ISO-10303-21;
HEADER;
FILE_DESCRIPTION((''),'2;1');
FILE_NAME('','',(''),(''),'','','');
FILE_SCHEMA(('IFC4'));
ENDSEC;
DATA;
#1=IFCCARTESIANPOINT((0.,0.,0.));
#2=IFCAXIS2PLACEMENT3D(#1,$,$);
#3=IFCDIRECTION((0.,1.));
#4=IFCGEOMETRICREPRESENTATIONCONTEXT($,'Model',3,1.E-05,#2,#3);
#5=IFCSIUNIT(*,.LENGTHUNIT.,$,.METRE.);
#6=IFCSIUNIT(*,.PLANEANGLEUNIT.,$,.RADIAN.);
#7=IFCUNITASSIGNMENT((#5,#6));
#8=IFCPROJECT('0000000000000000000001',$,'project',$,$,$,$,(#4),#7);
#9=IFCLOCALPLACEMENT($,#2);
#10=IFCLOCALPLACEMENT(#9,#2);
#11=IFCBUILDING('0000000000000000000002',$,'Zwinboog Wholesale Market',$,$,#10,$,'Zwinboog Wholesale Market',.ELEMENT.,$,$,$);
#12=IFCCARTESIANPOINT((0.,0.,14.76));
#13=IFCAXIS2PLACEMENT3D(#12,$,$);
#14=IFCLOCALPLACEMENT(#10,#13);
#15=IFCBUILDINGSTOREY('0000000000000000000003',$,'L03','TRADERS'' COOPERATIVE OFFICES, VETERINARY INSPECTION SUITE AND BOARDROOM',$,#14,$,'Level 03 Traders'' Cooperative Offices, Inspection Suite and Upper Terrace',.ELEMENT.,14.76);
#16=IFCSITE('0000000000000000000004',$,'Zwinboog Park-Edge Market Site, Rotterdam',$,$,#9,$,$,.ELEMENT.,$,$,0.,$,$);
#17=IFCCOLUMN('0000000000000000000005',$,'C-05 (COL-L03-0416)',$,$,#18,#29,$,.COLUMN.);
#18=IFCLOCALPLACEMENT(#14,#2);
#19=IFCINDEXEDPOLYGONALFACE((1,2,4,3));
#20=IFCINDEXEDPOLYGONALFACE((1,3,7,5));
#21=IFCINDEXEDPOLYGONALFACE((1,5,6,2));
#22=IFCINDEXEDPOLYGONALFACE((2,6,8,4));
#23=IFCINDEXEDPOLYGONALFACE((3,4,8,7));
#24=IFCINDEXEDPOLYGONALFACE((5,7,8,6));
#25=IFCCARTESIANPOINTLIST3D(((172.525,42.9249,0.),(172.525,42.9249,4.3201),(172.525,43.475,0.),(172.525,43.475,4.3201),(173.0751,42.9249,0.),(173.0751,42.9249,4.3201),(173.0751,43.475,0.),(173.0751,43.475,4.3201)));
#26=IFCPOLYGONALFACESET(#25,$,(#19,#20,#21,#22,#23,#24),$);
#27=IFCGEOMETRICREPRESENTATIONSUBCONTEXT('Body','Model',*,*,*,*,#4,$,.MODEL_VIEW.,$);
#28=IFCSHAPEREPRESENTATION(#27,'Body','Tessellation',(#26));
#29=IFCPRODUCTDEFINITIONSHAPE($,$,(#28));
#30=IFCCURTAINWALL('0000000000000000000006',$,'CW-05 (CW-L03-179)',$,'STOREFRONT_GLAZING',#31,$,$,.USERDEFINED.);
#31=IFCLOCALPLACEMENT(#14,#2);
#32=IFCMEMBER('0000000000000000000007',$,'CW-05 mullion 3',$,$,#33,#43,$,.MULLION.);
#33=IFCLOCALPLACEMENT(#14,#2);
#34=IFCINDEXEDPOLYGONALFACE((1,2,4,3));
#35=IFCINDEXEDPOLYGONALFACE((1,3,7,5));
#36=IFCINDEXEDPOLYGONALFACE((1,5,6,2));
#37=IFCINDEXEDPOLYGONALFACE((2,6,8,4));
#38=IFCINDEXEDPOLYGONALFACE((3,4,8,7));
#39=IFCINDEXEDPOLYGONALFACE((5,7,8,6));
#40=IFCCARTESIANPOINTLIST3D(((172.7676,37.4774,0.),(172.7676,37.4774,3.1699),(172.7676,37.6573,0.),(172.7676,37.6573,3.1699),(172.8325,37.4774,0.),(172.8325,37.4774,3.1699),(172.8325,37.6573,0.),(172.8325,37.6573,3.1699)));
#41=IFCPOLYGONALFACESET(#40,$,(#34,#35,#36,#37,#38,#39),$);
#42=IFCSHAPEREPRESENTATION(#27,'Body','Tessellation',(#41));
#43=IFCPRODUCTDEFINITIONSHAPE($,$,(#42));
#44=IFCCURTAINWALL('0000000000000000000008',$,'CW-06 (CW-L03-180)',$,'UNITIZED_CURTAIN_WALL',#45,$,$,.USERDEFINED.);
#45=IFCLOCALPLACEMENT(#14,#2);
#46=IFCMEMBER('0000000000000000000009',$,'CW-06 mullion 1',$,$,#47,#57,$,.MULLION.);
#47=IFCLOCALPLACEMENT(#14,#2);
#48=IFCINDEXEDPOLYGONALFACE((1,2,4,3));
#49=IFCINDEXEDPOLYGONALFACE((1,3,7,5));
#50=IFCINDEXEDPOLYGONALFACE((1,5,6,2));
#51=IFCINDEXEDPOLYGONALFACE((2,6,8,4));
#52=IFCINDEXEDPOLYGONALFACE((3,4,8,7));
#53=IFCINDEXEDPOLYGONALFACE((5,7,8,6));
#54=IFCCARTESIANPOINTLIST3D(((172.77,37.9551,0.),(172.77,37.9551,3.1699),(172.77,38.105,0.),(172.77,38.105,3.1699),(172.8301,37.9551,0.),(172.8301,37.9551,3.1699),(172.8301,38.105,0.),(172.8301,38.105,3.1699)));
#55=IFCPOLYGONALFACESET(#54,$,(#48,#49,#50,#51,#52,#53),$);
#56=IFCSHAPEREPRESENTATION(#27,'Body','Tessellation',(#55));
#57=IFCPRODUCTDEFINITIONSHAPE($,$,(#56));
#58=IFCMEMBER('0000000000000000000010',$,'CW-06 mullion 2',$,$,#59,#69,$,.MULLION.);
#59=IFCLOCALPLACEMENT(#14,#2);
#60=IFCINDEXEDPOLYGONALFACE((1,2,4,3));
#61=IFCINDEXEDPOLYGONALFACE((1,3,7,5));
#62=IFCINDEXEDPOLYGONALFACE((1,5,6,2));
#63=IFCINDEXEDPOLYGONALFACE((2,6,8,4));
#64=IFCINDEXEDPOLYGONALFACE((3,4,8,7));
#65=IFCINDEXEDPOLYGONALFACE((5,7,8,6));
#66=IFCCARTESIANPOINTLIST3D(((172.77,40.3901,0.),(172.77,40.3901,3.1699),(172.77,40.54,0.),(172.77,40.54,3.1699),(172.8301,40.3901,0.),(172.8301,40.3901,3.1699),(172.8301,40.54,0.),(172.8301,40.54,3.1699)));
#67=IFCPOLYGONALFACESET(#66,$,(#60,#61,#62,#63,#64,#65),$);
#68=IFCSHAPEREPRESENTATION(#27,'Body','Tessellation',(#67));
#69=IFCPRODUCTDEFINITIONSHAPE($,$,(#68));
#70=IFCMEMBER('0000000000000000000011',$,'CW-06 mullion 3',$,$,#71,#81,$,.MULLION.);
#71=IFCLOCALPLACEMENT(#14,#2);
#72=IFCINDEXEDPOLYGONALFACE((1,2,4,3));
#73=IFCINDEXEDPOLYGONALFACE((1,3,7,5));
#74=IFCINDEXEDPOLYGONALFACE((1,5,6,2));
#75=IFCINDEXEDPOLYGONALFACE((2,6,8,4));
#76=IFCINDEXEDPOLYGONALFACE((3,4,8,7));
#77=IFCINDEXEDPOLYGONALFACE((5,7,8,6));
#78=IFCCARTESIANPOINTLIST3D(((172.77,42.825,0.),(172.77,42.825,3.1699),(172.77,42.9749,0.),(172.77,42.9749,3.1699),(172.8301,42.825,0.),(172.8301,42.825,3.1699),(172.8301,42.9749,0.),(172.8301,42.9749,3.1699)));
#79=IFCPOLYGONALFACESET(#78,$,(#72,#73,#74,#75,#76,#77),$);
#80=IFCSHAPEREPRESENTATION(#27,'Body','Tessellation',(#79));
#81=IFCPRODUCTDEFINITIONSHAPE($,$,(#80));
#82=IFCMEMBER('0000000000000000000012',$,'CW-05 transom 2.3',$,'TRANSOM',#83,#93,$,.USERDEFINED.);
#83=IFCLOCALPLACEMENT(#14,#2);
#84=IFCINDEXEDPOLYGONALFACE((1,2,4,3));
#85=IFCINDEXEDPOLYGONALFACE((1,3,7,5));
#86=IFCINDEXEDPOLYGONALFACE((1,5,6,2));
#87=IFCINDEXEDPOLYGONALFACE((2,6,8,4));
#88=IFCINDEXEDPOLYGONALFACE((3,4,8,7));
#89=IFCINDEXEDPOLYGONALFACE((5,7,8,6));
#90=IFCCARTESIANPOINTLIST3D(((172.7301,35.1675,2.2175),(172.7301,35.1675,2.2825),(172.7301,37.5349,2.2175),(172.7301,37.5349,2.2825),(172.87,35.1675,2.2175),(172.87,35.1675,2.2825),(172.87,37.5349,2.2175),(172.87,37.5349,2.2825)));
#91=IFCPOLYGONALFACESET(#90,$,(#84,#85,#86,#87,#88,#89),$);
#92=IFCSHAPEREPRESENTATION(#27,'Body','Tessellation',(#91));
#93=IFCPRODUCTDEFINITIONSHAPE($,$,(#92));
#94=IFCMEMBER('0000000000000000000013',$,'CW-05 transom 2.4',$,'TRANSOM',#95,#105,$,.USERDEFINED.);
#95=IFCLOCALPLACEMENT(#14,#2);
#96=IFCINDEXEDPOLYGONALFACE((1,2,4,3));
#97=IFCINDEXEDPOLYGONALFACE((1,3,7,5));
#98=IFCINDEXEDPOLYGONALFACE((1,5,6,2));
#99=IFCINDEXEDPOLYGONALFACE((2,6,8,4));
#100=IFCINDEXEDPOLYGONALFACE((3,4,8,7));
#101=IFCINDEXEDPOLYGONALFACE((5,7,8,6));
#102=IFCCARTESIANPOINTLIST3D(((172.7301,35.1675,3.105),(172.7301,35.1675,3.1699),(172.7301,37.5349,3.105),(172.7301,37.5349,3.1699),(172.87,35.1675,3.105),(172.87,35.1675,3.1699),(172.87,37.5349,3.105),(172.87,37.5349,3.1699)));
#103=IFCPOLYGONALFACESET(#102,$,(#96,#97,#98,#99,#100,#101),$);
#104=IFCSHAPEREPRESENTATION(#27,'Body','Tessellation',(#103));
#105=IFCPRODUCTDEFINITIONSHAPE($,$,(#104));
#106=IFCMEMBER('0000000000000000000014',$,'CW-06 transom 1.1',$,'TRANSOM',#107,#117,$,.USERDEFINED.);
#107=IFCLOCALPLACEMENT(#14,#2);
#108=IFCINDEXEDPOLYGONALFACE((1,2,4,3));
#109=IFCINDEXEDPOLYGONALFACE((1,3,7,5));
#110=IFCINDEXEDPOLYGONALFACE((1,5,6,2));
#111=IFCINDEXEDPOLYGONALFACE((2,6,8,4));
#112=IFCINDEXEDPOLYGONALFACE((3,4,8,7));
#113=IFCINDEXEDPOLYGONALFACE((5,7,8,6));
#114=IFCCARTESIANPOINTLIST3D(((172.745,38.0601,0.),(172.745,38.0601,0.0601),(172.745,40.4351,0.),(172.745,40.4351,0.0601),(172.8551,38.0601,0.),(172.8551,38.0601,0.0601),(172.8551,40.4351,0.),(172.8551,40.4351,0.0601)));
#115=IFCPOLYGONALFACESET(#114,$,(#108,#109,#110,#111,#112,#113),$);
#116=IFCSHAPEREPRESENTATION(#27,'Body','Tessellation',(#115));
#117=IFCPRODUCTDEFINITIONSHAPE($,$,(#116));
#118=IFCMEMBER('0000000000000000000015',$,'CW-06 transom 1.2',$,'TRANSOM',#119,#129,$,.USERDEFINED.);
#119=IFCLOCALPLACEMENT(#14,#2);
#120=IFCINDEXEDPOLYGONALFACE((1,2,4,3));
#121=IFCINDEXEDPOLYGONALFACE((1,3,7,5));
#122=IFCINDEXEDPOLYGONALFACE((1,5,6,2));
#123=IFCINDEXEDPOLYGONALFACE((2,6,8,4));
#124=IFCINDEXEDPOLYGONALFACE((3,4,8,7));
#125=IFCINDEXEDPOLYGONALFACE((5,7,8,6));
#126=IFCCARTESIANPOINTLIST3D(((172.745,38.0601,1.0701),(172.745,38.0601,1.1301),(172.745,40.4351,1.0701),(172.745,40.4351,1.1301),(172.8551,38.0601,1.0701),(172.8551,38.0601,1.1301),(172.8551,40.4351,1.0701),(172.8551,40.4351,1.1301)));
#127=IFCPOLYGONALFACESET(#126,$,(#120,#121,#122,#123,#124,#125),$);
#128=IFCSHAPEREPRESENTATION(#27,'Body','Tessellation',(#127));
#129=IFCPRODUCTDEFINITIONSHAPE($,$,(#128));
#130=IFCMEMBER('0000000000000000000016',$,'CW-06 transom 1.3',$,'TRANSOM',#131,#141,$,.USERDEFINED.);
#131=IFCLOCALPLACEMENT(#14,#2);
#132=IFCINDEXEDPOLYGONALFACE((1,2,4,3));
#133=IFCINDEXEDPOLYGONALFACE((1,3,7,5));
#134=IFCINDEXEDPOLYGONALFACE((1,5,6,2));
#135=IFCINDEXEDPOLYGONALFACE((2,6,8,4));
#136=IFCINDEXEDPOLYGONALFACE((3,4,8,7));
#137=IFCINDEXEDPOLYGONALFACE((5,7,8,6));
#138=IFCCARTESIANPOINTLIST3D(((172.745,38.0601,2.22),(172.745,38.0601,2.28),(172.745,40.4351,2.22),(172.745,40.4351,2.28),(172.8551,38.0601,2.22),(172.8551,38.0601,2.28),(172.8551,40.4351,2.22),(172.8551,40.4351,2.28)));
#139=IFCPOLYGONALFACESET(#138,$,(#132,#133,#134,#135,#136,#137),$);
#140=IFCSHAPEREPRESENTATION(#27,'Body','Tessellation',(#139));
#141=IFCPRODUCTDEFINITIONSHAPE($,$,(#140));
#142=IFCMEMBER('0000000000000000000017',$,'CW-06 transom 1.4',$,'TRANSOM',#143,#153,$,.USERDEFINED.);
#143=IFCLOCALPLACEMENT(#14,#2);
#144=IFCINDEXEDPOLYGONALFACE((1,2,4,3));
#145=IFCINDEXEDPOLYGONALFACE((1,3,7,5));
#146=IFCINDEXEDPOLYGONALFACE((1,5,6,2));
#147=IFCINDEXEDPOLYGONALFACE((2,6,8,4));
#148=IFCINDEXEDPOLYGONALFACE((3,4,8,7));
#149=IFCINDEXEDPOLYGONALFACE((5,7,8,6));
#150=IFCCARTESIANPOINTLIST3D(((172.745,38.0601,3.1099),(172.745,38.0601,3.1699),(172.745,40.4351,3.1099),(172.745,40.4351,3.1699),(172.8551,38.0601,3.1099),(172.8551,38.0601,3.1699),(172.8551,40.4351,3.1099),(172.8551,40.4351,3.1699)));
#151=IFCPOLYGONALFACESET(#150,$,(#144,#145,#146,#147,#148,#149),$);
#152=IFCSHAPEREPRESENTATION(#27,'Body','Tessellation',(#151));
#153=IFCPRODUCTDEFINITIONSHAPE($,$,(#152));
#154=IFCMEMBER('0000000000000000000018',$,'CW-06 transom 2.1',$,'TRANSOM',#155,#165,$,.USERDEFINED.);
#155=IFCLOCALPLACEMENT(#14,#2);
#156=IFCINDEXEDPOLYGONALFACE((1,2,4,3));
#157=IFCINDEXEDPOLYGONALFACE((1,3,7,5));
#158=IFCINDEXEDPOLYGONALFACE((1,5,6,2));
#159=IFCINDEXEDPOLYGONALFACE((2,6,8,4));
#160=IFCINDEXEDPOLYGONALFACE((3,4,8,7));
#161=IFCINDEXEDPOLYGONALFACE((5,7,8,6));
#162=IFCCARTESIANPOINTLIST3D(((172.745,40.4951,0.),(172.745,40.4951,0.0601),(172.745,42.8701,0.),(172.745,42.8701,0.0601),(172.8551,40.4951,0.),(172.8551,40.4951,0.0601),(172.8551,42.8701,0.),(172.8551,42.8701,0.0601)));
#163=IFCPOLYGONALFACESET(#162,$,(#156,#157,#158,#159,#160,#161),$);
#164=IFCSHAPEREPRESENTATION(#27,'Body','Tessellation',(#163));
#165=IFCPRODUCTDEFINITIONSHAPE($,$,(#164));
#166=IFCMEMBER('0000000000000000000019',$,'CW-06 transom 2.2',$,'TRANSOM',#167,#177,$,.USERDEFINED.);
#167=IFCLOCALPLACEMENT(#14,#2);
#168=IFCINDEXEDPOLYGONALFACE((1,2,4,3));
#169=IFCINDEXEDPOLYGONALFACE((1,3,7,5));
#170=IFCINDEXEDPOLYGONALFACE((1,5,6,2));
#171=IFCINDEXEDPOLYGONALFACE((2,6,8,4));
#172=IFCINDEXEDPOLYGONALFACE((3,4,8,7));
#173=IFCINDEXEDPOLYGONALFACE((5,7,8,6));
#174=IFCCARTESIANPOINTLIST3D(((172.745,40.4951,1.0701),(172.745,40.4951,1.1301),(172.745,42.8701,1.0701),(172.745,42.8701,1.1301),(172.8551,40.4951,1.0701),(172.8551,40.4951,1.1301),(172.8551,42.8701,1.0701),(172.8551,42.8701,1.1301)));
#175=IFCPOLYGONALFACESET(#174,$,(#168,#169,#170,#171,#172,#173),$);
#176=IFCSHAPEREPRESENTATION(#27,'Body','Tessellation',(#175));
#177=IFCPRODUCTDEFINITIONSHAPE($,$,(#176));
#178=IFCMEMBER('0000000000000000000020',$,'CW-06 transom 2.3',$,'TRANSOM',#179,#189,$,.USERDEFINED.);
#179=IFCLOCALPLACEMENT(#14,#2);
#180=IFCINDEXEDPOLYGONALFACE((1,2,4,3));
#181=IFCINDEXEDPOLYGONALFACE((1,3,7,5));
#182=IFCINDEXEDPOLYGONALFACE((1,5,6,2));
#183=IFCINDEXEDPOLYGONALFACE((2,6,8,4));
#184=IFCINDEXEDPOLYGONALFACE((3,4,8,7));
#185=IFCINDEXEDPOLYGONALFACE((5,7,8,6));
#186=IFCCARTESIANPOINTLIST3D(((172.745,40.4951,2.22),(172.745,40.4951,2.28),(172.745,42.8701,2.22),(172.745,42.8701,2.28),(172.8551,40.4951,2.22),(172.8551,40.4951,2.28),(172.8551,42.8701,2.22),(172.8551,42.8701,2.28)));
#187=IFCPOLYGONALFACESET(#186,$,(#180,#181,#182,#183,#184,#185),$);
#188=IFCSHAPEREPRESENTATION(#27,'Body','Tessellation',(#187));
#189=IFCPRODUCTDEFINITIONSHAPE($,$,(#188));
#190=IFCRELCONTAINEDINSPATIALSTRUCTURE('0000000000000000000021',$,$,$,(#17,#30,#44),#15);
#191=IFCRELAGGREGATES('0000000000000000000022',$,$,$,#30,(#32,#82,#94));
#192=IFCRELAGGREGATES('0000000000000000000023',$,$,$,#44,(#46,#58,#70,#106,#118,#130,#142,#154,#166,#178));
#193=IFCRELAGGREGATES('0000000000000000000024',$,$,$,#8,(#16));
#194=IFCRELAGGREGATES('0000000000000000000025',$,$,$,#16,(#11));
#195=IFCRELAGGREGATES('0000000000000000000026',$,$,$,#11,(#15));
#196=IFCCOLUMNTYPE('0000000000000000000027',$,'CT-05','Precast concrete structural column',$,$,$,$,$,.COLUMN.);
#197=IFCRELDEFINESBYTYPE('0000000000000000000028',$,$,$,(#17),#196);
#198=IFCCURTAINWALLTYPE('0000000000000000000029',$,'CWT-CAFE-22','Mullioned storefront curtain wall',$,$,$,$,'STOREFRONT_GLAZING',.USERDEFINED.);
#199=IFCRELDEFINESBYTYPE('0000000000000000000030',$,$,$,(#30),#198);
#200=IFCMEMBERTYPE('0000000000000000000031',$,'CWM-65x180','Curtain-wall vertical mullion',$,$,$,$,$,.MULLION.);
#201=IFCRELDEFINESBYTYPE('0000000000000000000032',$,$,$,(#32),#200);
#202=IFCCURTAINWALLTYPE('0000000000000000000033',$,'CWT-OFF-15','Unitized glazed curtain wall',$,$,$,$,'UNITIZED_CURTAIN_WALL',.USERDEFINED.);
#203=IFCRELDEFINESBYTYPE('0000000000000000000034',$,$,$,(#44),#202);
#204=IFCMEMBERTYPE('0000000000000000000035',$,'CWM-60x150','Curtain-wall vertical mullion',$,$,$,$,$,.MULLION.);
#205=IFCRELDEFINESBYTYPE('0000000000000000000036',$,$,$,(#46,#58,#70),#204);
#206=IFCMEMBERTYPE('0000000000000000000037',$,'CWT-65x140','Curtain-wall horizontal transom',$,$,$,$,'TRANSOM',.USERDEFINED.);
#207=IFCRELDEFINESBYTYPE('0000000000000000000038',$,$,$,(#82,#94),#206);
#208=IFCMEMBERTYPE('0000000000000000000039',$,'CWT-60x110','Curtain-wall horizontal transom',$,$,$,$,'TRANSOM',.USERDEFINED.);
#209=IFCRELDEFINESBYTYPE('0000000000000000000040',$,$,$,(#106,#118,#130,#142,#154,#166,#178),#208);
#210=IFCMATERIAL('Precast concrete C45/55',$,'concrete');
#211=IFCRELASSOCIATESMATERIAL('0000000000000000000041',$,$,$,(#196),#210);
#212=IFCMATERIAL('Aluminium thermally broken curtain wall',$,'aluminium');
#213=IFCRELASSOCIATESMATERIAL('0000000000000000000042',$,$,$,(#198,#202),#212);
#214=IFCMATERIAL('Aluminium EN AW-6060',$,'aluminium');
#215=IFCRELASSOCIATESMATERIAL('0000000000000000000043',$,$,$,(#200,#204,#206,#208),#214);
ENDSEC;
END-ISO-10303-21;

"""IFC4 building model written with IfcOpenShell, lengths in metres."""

from ifc_helpers import new_model, si_unit, direction, frame, origin, origin_2d, place, context, subcontext, project, spatial, rectangle, extrude, material, material_profile, profile_set, type_object, element, aggregate, save


model = new_model("IFC4")

# Units and contexts
model_context = context("Model", 3, precision=1e-05, world=origin(), true_north=direction((0.0, 1.0)))
body_context = subcontext(model_context, "Body", "Model", "MODEL_VIEW")
ifc_project = project(units=[si_unit("LENGTHUNIT", "METRE"), si_unit("PLANEANGLEUNIT", "RADIAN")], contexts=[model_context])

# Site, building, storey
site_placement = place(None, origin())
site = spatial("IfcSite", under=ifc_project, at=site_placement, Name="Zwinboog Park-Edge Market Site, Rotterdam", CompositionType="ELEMENT", RefElevation=0.0)
building_placement = place(site_placement, origin())
building = spatial("IfcBuilding", under=site, at=building_placement, Name="Zwinboog Wholesale Market", LongName="Zwinboog Wholesale Market", CompositionType="ELEMENT")
storey_placement = place(building_placement, frame((0.0, 0.0, 14.76)))
storey = spatial("IfcBuildingStorey", under=building, at=storey_placement, Name="L03", Description="TRADERS' COOPERATIVE OFFICES, VETERINARY INSPECTION SUITE AND BOARDROOM", LongName="Level 03 Traders' Cooperative Offices, Inspection Suite and Upper Terrace", CompositionType="ELEMENT", Elevation=14.76)

# Column
ifc_material_1 = material(Name="Precast concrete C45/55", Category="concrete")
ifc_material_profile_1 = material_profile(ifc_material_1, rectangle(XDim=0.55, YDim=0.55, at=origin_2d()), Name="PC 550x550")
ifc_profile_set_1 = profile_set([ifc_material_profile_1], Name="Precast concrete C45/55")
column_type = type_object("IfcColumnType", Name="CT-05", Description="Precast concrete structural column", PredefinedType="COLUMN", material=ifc_profile_set_1)
column_placement = place(storey_placement, frame((172.8, 43.2, 0.0), z_axis=(0.0, 0.0, 1.0), x_axis=(1.0, 0.0, 0.0)))
element("IfcColumn", 1, at=column_placement, inside=storey, type_object=column_type, Name="C-05 (COL-L03-0416)", PredefinedType="COLUMN", context=body_context, shape_type="SweptSolid", body=[
    extrude(rectangle(XDim=0.55, YDim=0.55, at=origin_2d()), origin(), (0.0, 0.0, 1.0), 4.3201),
])

# Curtain wall, member
ifc_material_2 = material(Name="Aluminium thermally broken curtain wall", Category="aluminium")
curtain_wall_type_1 = type_object("IfcCurtainWallType", Name="CWT-CAFE-22", Description="Mullioned storefront curtain wall", ElementType="STOREFRONT_GLAZING", PredefinedType="USERDEFINED", material=ifc_material_2)
curtain_wall_1_placement = place(storey_placement, origin())
curtain_wall_1 = element("IfcCurtainWall", 2, at=curtain_wall_1_placement, inside=storey, type_object=curtain_wall_type_1, Name="CW-05 (CW-L03-179)", ObjectType="STOREFRONT_GLAZING", PredefinedType="USERDEFINED")
ifc_material_3 = material(Name="Aluminium EN AW-6060", Category="aluminium")
ifc_material_profile_2 = material_profile(ifc_material_3, rectangle(XDim=0.0649, YDim=0.1799, at=origin_2d()), Name="AL 65x180")
ifc_profile_set_2 = profile_set([ifc_material_profile_2], Name="Aluminium EN AW-6060")
member_type_1 = type_object("IfcMemberType", Name="CWM-65x180", Description="Curtain-wall vertical mullion", PredefinedType="MULLION", material=ifc_profile_set_2)
member_1_placement = place(storey_placement, frame((172.8, 37.5674, 0.0), z_axis=(0.0, 0.0, 1.0), x_axis=(-1.0, 0.0, 0.0)))
member_1 = element("IfcMember", 3, at=member_1_placement, type_object=member_type_1, Name="CW-05 mullion 3", PredefinedType="MULLION", context=body_context, shape_type="SweptSolid", body=[
    extrude(rectangle(XDim=0.0649, YDim=0.1799, at=origin_2d()), origin(), (0.0, 0.0, 1.0), 3.1699),
])

# Curtain wall, members
curtain_wall_type_2 = type_object("IfcCurtainWallType", Name="CWT-OFF-15", Description="Unitized glazed curtain wall", ElementType="UNITIZED_CURTAIN_WALL", PredefinedType="USERDEFINED", material=ifc_material_2)
curtain_wall_2_placement = place(storey_placement, origin())
curtain_wall_2 = element("IfcCurtainWall", 4, at=curtain_wall_2_placement, inside=storey, type_object=curtain_wall_type_2, Name="CW-06 (CW-L03-180)", ObjectType="UNITIZED_CURTAIN_WALL", PredefinedType="USERDEFINED")
ifc_material_profile_3 = material_profile(ifc_material_3, rectangle(XDim=0.0601, YDim=0.1499, at=origin_2d()), Name="AL 60x150")
ifc_profile_set_3 = profile_set([ifc_material_profile_3], Name="Aluminium EN AW-6060")
member_type_2 = type_object("IfcMemberType", Name="CWM-60x150", Description="Curtain-wall vertical mullion", PredefinedType="MULLION", material=ifc_profile_set_3)
member_2_placement = place(storey_placement, frame((172.8, 38.03, 0.0), z_axis=(0.0, 0.0, 1.0), x_axis=(-1.0, 0.0, 0.0)))
member_2 = element("IfcMember", 5, at=member_2_placement, type_object=member_type_2, Name="CW-06 mullion 1", PredefinedType="MULLION", context=body_context, shape_type="SweptSolid", body=[
    extrude(rectangle(XDim=0.0601, YDim=0.1499, at=origin_2d()), origin(), (0.0, 0.0, 1.0), 3.1699),
])
member_3_placement = place(storey_placement, frame((172.8, 40.4651, 0.0), z_axis=(0.0, 0.0, 1.0), x_axis=(-1.0, 0.0, 0.0)))
member_3 = element("IfcMember", 6, at=member_3_placement, type_object=member_type_2, Name="CW-06 mullion 2", PredefinedType="MULLION", context=body_context, shape_type="SweptSolid", body=[
    extrude(rectangle(XDim=0.0601, YDim=0.1499, at=origin_2d()), origin(), (0.0, 0.0, 1.0), 3.1699),
])
member_4_placement = place(storey_placement, frame((172.8, 42.8999, 0.0), z_axis=(0.0, 0.0, 1.0), x_axis=(-1.0, 0.0, 0.0)))
member_4 = element("IfcMember", 7, at=member_4_placement, type_object=member_type_2, Name="CW-06 mullion 3", PredefinedType="MULLION", context=body_context, shape_type="SweptSolid", body=[
    extrude(rectangle(XDim=0.0601, YDim=0.1499, at=origin_2d()), origin(), (0.0, 0.0, 1.0), 3.1699),
])

# Members
ifc_material_profile_4 = material_profile(ifc_material_3, rectangle(XDim=0.1399, YDim=0.0649, at=origin_2d()), Name="AL 65x140")
ifc_profile_set_4 = profile_set([ifc_material_profile_4], Name="Aluminium EN AW-6060")
member_type_3 = type_object("IfcMemberType", Name="CWT-65x140", Description="Curtain-wall horizontal transom", ElementType="TRANSOM", PredefinedType="USERDEFINED", material=ifc_profile_set_4)
member_5_placement = place(storey_placement, frame((172.8, 35.1675, 2.25), z_axis=(0.0, 1.0, 0.0), x_axis=(-1.0, 0.0, 0.0)))
member_5 = element("IfcMember", 8, at=member_5_placement, type_object=member_type_3, Name="CW-05 transom 2.3", ObjectType="TRANSOM", PredefinedType="USERDEFINED", context=body_context, shape_type="SweptSolid", body=[
    extrude(rectangle(XDim=0.1399, YDim=0.0649, at=origin_2d()), origin(), (0.0, 0.0, 1.0), 2.3674),
])
member_6_placement = place(storey_placement, frame((172.8, 35.1675, 3.1375), z_axis=(0.0, 1.0, 0.0), x_axis=(-1.0, 0.0, 0.0)))
member_6 = element("IfcMember", 9, at=member_6_placement, type_object=member_type_3, Name="CW-05 transom 2.4", ObjectType="TRANSOM", PredefinedType="USERDEFINED", context=body_context, shape_type="SweptSolid", body=[
    extrude(rectangle(XDim=0.1399, YDim=0.0649, at=origin_2d()), origin(), (0.0, 0.0, 1.0), 2.3674),
])
ifc_material_profile_5 = material_profile(ifc_material_3, rectangle(XDim=0.1101, YDim=0.0601, at=origin_2d()), Name="AL 60x110")
ifc_profile_set_5 = profile_set([ifc_material_profile_5], Name="Aluminium EN AW-6060")
member_type_4 = type_object("IfcMemberType", Name="CWT-60x110", Description="Curtain-wall horizontal transom", ElementType="TRANSOM", PredefinedType="USERDEFINED", material=ifc_profile_set_5)
member_7_placement = place(storey_placement, frame((172.8, 38.0601, 0.03), z_axis=(0.0, 1.0, 0.0), x_axis=(-1.0, 0.0, 0.0)))
member_7 = element("IfcMember", 10, at=member_7_placement, type_object=member_type_4, Name="CW-06 transom 1.1", ObjectType="TRANSOM", PredefinedType="USERDEFINED", context=body_context, shape_type="SweptSolid", body=[
    extrude(rectangle(XDim=0.1101, YDim=0.0601, at=origin_2d()), origin(), (0.0, 0.0, 1.0), 2.375),
])
member_8_placement = place(storey_placement, frame((172.8, 38.0601, 1.1001), z_axis=(0.0, 1.0, 0.0), x_axis=(-1.0, 0.0, 0.0)))
member_8 = element("IfcMember", 11, at=member_8_placement, type_object=member_type_4, Name="CW-06 transom 1.2", ObjectType="TRANSOM", PredefinedType="USERDEFINED", context=body_context, shape_type="SweptSolid", body=[
    extrude(rectangle(XDim=0.1101, YDim=0.0601, at=origin_2d()), origin(), (0.0, 0.0, 1.0), 2.375),
])
member_9_placement = place(storey_placement, frame((172.8, 38.0601, 2.25), z_axis=(0.0, 1.0, 0.0), x_axis=(-1.0, 0.0, 0.0)))
member_9 = element("IfcMember", 12, at=member_9_placement, type_object=member_type_4, Name="CW-06 transom 1.3", ObjectType="TRANSOM", PredefinedType="USERDEFINED", context=body_context, shape_type="SweptSolid", body=[
    extrude(rectangle(XDim=0.1101, YDim=0.0601, at=origin_2d()), origin(), (0.0, 0.0, 1.0), 2.375),
])
member_10_placement = place(storey_placement, frame((172.8, 38.0601, 3.1399), z_axis=(0.0, 1.0, 0.0), x_axis=(-1.0, 0.0, 0.0)))
member_10 = element("IfcMember", 13, at=member_10_placement, type_object=member_type_4, Name="CW-06 transom 1.4", ObjectType="TRANSOM", PredefinedType="USERDEFINED", context=body_context, shape_type="SweptSolid", body=[
    extrude(rectangle(XDim=0.1101, YDim=0.0601, at=origin_2d()), origin(), (0.0, 0.0, 1.0), 2.375),
])
member_11_placement = place(storey_placement, frame((172.8, 40.4951, 0.03), z_axis=(0.0, 1.0, 0.0), x_axis=(-1.0, 0.0, 0.0)))
member_11 = element("IfcMember", 14, at=member_11_placement, type_object=member_type_4, Name="CW-06 transom 2.1", ObjectType="TRANSOM", PredefinedType="USERDEFINED", context=body_context, shape_type="SweptSolid", body=[
    extrude(rectangle(XDim=0.1101, YDim=0.0601, at=origin_2d()), origin(), (0.0, 0.0, 1.0), 2.375),
])
member_12_placement = place(storey_placement, frame((172.8, 40.4951, 1.1001), z_axis=(0.0, 1.0, 0.0), x_axis=(-1.0, 0.0, 0.0)))
member_12 = element("IfcMember", 15, at=member_12_placement, type_object=member_type_4, Name="CW-06 transom 2.2", ObjectType="TRANSOM", PredefinedType="USERDEFINED", context=body_context, shape_type="SweptSolid", body=[
    extrude(rectangle(XDim=0.1101, YDim=0.0601, at=origin_2d()), origin(), (0.0, 0.0, 1.0), 2.375),
])
member_13_placement = place(storey_placement, frame((172.8, 40.4951, 2.25), z_axis=(0.0, 1.0, 0.0), x_axis=(-1.0, 0.0, 0.0)))
member_13 = element("IfcMember", 16, at=member_13_placement, type_object=member_type_4, Name="CW-06 transom 2.3", ObjectType="TRANSOM", PredefinedType="USERDEFINED", context=body_context, shape_type="SweptSolid", body=[
    extrude(rectangle(XDim=0.1101, YDim=0.0601, at=origin_2d()), origin(), (0.0, 0.0, 1.0), 2.375),
])

aggregate(curtain_wall_1, [member_1, member_5, member_6])
aggregate(curtain_wall_2, [member_2, member_3, member_4, member_7, member_8, member_9, member_10, member_11, member_12, member_13])

save(model, "model.ifc")
